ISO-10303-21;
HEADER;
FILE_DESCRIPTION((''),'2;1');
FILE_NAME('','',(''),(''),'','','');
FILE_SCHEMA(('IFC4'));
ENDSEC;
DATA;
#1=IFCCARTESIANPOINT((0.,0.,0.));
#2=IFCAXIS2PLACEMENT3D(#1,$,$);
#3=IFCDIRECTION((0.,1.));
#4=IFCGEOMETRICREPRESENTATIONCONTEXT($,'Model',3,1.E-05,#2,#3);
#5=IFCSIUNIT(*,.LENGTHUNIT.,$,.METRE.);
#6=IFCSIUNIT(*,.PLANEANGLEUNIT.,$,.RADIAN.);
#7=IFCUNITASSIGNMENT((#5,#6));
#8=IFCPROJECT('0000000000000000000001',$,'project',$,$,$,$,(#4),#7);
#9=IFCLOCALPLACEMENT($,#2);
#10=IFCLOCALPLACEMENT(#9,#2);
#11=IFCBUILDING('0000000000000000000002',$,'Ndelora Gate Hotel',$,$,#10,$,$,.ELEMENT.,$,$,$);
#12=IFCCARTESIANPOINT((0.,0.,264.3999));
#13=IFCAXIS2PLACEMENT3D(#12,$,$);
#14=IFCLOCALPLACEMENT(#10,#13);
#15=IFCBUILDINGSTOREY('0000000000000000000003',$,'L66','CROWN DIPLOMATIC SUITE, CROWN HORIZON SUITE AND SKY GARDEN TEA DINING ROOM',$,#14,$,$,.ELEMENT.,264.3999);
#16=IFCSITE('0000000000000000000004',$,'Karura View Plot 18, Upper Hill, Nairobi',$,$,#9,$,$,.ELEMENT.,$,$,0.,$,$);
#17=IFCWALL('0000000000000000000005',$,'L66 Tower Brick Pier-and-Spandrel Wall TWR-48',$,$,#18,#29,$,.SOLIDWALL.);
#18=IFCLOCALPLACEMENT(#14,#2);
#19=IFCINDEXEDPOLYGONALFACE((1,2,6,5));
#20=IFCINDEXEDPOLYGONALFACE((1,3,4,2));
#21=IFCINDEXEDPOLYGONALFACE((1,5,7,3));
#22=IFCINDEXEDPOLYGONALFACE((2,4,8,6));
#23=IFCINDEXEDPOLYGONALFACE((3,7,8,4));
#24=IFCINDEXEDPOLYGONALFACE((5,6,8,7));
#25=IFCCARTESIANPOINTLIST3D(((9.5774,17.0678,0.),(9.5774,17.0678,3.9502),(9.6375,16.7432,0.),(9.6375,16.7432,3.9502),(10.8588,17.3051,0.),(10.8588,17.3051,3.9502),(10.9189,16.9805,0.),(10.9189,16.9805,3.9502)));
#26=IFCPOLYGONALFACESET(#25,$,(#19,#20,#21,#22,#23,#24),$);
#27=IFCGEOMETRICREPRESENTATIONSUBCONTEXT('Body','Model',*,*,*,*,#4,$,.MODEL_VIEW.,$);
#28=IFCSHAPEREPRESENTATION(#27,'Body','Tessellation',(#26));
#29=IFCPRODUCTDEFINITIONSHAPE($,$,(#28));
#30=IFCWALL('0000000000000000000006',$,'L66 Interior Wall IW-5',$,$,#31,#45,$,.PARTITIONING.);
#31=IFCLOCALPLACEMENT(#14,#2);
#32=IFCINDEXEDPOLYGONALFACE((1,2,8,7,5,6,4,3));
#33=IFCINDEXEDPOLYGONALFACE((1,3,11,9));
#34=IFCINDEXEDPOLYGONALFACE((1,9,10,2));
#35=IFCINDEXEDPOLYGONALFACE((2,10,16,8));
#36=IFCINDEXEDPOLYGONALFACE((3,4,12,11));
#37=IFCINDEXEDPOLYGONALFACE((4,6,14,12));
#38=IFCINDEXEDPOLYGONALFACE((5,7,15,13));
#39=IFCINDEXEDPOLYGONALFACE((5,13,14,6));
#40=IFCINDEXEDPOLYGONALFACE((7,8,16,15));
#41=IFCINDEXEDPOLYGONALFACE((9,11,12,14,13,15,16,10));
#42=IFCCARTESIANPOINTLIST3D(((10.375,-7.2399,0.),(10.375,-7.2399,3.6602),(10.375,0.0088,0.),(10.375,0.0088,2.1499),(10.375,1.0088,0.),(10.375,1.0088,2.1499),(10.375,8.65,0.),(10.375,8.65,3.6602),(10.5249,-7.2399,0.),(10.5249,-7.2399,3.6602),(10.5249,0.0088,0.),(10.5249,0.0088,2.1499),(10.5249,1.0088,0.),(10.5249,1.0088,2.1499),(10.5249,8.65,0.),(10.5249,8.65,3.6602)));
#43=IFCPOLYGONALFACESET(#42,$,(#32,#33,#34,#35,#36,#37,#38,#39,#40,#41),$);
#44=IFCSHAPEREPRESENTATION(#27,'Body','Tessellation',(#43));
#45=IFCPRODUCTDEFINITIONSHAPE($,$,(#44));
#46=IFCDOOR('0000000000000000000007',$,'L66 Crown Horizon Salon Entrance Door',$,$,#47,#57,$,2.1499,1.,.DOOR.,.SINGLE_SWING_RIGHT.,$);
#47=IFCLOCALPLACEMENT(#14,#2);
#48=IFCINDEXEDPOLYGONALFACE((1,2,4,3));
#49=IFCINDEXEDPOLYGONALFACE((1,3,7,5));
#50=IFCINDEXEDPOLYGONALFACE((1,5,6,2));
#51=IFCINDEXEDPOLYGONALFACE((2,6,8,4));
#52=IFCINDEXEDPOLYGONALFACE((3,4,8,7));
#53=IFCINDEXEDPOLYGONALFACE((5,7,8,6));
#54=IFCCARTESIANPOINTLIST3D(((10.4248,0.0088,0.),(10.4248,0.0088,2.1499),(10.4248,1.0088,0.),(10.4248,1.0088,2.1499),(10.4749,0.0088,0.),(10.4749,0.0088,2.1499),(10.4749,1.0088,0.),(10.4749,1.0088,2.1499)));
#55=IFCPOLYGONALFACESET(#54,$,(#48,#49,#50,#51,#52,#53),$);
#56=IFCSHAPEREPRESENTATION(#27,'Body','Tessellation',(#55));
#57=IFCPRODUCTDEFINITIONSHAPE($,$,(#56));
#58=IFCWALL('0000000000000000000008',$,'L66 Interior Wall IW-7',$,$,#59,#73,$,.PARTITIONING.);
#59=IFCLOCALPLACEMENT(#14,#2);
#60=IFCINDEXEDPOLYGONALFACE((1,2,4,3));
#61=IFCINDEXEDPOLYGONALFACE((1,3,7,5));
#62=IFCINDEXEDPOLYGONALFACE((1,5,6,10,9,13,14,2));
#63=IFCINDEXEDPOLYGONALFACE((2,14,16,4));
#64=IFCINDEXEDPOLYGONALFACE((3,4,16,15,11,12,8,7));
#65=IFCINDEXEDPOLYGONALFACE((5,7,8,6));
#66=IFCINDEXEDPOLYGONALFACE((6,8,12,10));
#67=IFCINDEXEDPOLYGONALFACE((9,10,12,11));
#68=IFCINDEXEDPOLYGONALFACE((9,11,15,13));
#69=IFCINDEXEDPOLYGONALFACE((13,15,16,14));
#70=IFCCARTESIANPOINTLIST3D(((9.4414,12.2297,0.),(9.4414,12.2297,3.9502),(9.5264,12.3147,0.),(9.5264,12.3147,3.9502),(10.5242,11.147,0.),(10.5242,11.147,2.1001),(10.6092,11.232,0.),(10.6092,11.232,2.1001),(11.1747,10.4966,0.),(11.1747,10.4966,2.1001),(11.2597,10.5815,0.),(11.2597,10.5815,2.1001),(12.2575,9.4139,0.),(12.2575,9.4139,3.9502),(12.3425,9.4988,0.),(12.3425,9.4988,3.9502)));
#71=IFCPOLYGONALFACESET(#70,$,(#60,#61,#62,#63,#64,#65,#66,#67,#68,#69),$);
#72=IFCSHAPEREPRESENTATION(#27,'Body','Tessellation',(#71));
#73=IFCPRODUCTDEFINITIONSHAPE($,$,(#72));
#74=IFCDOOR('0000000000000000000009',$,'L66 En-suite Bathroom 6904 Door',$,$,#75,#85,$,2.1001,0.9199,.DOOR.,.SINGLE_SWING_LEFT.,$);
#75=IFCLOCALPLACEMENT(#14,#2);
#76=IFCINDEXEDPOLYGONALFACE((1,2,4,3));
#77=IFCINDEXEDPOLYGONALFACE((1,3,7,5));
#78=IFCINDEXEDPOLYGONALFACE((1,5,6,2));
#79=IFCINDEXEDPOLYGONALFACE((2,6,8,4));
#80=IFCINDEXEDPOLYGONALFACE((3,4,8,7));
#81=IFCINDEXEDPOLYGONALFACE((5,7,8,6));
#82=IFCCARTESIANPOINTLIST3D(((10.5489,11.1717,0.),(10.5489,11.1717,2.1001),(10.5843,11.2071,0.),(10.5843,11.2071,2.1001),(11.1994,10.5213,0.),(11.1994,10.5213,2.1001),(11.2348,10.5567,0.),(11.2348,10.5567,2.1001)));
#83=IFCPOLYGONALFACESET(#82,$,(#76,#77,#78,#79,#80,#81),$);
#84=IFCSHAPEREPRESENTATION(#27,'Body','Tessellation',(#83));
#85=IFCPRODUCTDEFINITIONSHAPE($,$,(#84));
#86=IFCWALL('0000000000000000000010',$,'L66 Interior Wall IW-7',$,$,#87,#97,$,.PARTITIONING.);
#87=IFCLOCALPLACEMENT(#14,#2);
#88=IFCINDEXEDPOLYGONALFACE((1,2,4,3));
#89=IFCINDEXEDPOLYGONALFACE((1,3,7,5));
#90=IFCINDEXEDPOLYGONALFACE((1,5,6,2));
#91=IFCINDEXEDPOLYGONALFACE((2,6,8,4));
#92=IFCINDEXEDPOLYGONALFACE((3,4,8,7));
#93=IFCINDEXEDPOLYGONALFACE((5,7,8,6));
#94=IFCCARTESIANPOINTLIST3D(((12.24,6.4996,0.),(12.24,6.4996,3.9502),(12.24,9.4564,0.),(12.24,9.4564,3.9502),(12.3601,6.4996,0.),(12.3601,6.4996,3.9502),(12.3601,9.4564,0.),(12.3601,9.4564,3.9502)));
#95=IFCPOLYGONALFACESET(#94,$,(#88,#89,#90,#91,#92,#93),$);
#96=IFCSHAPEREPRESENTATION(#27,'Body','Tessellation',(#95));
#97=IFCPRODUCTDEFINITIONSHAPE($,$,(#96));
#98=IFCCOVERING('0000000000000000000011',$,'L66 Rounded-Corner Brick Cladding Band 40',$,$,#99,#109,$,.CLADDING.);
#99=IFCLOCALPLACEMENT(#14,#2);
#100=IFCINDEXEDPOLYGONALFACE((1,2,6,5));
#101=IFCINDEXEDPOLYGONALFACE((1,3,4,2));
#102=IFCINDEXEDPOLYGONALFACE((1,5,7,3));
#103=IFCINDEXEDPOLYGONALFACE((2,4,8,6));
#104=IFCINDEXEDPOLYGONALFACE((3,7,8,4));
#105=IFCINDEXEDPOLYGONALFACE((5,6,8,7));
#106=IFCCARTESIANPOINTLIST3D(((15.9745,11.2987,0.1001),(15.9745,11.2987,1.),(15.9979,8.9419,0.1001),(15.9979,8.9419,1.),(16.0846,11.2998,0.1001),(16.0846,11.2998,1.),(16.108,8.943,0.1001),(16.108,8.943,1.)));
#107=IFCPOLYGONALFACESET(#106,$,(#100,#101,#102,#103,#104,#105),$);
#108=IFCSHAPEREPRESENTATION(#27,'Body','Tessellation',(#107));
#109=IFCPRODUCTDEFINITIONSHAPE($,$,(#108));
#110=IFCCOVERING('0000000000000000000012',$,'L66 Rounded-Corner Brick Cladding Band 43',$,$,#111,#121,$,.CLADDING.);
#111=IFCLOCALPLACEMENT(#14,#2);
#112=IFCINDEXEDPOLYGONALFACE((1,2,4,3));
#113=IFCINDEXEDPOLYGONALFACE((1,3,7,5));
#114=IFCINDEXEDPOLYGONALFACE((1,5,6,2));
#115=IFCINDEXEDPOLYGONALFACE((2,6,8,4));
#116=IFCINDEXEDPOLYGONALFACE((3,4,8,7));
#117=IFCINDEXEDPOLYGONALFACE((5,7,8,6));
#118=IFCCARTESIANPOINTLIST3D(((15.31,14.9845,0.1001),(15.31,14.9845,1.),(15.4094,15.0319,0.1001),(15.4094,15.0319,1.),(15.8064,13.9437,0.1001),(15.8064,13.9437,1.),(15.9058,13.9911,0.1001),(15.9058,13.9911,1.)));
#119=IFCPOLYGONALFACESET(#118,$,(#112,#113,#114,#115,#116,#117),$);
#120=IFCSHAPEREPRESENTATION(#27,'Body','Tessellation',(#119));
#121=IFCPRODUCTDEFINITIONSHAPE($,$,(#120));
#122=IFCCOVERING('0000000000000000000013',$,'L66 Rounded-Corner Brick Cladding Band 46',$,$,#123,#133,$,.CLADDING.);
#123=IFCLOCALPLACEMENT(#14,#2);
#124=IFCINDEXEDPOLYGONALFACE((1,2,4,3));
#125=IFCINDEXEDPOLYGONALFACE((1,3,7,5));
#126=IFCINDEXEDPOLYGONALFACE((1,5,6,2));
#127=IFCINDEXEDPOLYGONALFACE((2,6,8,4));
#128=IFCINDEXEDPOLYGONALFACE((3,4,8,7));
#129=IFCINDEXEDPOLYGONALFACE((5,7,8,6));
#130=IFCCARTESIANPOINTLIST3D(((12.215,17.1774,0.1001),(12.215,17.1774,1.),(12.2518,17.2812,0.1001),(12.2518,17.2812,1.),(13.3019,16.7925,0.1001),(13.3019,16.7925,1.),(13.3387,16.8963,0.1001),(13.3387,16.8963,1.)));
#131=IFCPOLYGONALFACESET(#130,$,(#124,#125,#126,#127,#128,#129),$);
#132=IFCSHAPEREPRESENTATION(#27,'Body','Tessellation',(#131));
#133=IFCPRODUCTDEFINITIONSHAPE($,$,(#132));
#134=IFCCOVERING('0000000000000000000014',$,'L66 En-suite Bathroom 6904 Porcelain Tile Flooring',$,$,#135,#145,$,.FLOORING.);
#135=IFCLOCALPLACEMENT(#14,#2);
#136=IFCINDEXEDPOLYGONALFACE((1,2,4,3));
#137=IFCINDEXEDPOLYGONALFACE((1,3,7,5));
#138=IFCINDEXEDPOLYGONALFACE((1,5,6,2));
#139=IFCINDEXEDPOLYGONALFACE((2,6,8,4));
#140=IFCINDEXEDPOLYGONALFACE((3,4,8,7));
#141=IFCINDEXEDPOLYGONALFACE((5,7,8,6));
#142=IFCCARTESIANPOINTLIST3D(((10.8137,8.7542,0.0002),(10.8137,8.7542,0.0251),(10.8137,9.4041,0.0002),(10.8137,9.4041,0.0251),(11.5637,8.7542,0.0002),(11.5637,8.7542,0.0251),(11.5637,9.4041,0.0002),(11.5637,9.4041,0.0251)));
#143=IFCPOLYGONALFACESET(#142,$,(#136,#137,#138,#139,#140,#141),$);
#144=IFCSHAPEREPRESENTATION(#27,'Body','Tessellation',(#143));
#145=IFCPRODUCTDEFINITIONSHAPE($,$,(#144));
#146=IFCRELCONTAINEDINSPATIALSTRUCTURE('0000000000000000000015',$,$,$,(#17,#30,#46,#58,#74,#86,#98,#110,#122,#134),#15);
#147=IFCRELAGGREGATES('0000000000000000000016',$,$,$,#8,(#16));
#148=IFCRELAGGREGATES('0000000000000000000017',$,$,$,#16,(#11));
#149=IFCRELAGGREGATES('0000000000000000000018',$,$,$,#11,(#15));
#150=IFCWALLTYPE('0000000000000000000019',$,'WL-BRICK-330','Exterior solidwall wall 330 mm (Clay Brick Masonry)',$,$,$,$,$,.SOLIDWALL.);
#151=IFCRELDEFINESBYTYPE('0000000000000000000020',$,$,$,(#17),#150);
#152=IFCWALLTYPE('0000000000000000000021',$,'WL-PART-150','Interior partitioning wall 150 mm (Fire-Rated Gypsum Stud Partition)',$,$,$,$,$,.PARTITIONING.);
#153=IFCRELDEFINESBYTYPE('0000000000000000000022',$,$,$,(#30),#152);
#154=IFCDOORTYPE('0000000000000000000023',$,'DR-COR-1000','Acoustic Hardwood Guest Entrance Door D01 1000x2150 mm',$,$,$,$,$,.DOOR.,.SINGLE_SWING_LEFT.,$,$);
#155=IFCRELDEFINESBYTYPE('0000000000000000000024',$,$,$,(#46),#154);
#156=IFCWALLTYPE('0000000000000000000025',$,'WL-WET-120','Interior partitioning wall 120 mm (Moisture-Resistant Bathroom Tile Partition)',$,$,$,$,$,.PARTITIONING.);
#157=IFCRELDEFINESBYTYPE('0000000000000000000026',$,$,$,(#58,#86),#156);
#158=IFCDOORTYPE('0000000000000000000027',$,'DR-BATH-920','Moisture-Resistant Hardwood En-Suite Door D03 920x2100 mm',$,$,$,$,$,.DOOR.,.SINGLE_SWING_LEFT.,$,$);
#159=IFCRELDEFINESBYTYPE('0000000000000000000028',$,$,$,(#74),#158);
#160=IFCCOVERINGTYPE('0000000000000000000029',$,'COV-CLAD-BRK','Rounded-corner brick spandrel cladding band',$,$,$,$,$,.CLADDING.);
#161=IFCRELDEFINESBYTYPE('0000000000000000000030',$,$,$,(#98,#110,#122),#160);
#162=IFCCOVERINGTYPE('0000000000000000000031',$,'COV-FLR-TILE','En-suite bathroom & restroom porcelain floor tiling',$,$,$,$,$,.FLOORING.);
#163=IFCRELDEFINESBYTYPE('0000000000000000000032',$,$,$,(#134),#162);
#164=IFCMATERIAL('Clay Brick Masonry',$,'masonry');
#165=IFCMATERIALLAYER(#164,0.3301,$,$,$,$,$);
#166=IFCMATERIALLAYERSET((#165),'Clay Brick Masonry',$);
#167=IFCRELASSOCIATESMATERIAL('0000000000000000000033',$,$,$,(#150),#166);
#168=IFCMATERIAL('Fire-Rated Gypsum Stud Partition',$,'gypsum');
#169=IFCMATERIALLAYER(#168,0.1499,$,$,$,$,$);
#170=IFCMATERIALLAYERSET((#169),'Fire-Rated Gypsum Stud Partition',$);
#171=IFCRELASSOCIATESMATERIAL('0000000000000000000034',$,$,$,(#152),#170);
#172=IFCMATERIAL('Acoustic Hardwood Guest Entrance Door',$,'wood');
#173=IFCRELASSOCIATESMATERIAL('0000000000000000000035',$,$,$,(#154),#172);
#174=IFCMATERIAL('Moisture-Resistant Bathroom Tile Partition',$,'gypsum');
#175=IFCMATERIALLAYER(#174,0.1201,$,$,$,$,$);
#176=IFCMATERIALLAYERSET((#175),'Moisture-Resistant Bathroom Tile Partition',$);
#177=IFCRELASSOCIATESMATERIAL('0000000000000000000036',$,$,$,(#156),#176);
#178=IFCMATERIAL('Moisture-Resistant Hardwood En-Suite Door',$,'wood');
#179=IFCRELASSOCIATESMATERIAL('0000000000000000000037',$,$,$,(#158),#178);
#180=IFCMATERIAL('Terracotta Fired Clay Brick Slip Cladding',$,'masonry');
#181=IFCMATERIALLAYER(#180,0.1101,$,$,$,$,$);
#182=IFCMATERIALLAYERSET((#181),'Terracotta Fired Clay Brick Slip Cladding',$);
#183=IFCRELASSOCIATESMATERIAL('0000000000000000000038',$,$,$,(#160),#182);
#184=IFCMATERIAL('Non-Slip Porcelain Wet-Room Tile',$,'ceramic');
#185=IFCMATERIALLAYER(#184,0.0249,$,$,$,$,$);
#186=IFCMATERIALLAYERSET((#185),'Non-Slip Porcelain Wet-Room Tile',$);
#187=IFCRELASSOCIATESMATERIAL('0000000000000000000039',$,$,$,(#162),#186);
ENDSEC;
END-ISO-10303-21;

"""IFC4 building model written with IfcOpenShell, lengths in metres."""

from ifc_helpers import new_model, si_unit, direction, frame, frame_2d, origin, origin_2d, place, context, subcontext, project, spatial, rectangle, extrude, material, layer, layer_set, type_object, element, fill, save


model = new_model("IFC4")

# Units and contexts
model_context = context("Model", 3, precision=1e-05, world=origin(), true_north=direction((0.0, 1.0)))
body_context = subcontext(model_context, "Body", "Model", "MODEL_VIEW")
ifc_project = project(units=[si_unit("LENGTHUNIT", "METRE"), si_unit("PLANEANGLEUNIT", "RADIAN")], contexts=[model_context])

# Site, building, storey
site_placement = place(None, origin())
site = spatial("IfcSite", under=ifc_project, at=site_placement, Name="Karura View Plot 18, Upper Hill, Nairobi", CompositionType="ELEMENT", RefElevation=0.0)
building_placement = place(site_placement, origin())
building = spatial("IfcBuilding", under=site, at=building_placement, Name="Ndelora Gate Hotel", CompositionType="ELEMENT")
storey_placement = place(building_placement, frame((0.0, 0.0, 264.3999)))
storey = spatial("IfcBuildingStorey", under=building, at=storey_placement, Name="L66", Description="CROWN DIPLOMATIC SUITE, CROWN HORIZON SUITE AND SKY GARDEN TEA DINING ROOM", CompositionType="ELEMENT", Elevation=264.3999)

# Shared definitions
ifc_material_1 = material(Name="Clay Brick Masonry", Category="masonry")
ifc_layer_1 = layer(ifc_material_1, 0.3301)
ifc_layer_set_1 = layer_set([ifc_layer_1], Name="Clay Brick Masonry")
wall_type_1 = type_object("IfcWallType", Name="WL-BRICK-330", Description="Exterior solidwall wall 330 mm (Clay Brick Masonry)", PredefinedType="SOLIDWALL", material=ifc_layer_set_1)

# Wall
wall_1_placement = place(storey_placement, frame((9.6074, 16.9055, 0.0), z_axis=(0.0, 0.0, 1.0), x_axis=(0.983283, 0.182083, 0.0)))
element("IfcWall", 1, at=wall_1_placement, inside=storey, type_object=wall_type_1, Name="L66 Tower Brick Pier-and-Spandrel Wall TWR-48", PredefinedType="SOLIDWALL", context=body_context, shape_type="SweptSolid", body=[
    extrude(rectangle(XDim=1.3032, YDim=0.3301, at=frame_2d((0.6516, 0.0))), origin(), (0.0, 0.0, 1.0), 3.9502),
])

# Walls, openings, doors
ifc_material_2 = material(Name="Fire-Rated Gypsum Stud Partition", Category="gypsum")
ifc_layer_2 = layer(ifc_material_2, 0.1499)
ifc_layer_set_2 = layer_set([ifc_layer_2], Name="Fire-Rated Gypsum Stud Partition")
wall_type_2 = type_object("IfcWallType", Name="WL-PART-150", Description="Interior partitioning wall 150 mm (Fire-Rated Gypsum Stud Partition)", PredefinedType="PARTITIONING", material=ifc_layer_set_2)
wall_2_placement = place(storey_placement, frame((10.45, 8.6499, 0.0), z_axis=(0.0, 0.0, 1.0), x_axis=(0.0, -1.0, 0.0)))
wall_2 = element("IfcWall", 2, at=wall_2_placement, inside=storey, type_object=wall_type_2, Name="L66 Interior Wall IW-5", PredefinedType="PARTITIONING", context=body_context, shape_type="SweptSolid", body=[
    extrude(rectangle(XDim=15.8899, YDim=0.1499, at=frame_2d((7.9448, 0.0))), origin(), (0.0, 0.0, 1.0), 3.6602),
])
opening_1_placement = place(wall_2_placement, frame((7.6411, 0.0, 0.0)))
opening_1 = element("IfcOpeningElement", 3, at=opening_1_placement, cuts=wall_2, PredefinedType="OPENING", context=body_context, shape_type="SweptSolid", body=[
    extrude(rectangle(XDim=1.0, YDim=2.1499, at=frame_2d((0.5, 1.075))), frame((0.0, 0.085, 0.0), z_axis=(0.0, -1.0, 0.0), x_axis=(1.0, 0.0, 0.0)), (0.0, 0.0, 1.0), 0.1699),
])
ifc_material_3 = material(Name="Acoustic Hardwood Guest Entrance Door", Category="wood")
door_type_1 = type_object("IfcDoorType", Name="DR-COR-1000", Description="Acoustic Hardwood Guest Entrance Door D01 1000x2150 mm", OperationType="SINGLE_SWING_LEFT", PredefinedType="DOOR", material=ifc_material_3)
door_1_placement = place(opening_1_placement, origin())
door_1 = element("IfcDoor", 4, at=door_1_placement, inside=storey, type_object=door_type_1, Name="L66 Crown Horizon Salon Entrance Door", OperationType="SINGLE_SWING_RIGHT", OverallHeight=2.1499, OverallWidth=1.0, PredefinedType="DOOR", context=body_context, shape_type="SweptSolid", body=[
    extrude(rectangle(XDim=1.0, YDim=2.1499, at=frame_2d((0.5, 1.075))), frame((0.0, 0.0249, 0.0), z_axis=(0.0, -1.0, 0.0), x_axis=(1.0, 0.0, 0.0)), (0.0, 0.0, 1.0), 0.05),
])
fill(opening_1, door_1)
ifc_material_4 = material(Name="Moisture-Resistant Bathroom Tile Partition", Category="gypsum")
ifc_layer_3 = layer(ifc_material_4, 0.1201)
ifc_layer_set_3 = layer_set([ifc_layer_3], Name="Moisture-Resistant Bathroom Tile Partition")
wall_type_3 = type_object("IfcWallType", Name="WL-WET-120", Description="Interior partitioning wall 120 mm (Moisture-Resistant Bathroom Tile Partition)", PredefinedType="PARTITIONING", material=ifc_layer_set_3)
wall_3_placement = place(storey_placement, frame((9.4839, 12.2722, 0.0), z_axis=(0.0, 0.0, 1.0), x_axis=(0.707137, -0.707076, 0.0)))
wall_3 = element("IfcWall", 5, at=wall_3_placement, inside=storey, type_object=wall_type_3, Name="L66 Interior Wall IW-7", PredefinedType="PARTITIONING", context=body_context, shape_type="SweptSolid", body=[
    extrude(rectangle(XDim=3.9824, YDim=0.1201, at=frame_2d((1.9912, 0.0))), origin(), (0.0, 0.0, 1.0), 3.9502),
])
opening_2_placement = place(wall_3_placement, frame((1.5312, 0.0, 0.0)))
opening_2 = element("IfcOpeningElement", 6, at=opening_2_placement, cuts=wall_3, PredefinedType="OPENING", context=body_context, shape_type="SweptSolid", body=[
    extrude(rectangle(XDim=0.9199, YDim=2.1001, at=frame_2d((0.46, 1.05))), frame((0.0, 0.0701, 0.0), z_axis=(0.0, -1.0, 0.0), x_axis=(1.0, 0.0, 0.0)), (0.0, 0.0, 1.0), 0.1401),
])
ifc_material_5 = material(Name="Moisture-Resistant Hardwood En-Suite Door", Category="wood")
door_type_2 = type_object("IfcDoorType", Name="DR-BATH-920", Description="Moisture-Resistant Hardwood En-Suite Door D03 920x2100 mm", OperationType="SINGLE_SWING_LEFT", PredefinedType="DOOR", material=ifc_material_5)
door_2_placement = place(opening_2_placement, origin())
door_2 = element("IfcDoor", 7, at=door_2_placement, inside=storey, type_object=door_type_2, Name="L66 En-suite Bathroom 6904 Door", OperationType="SINGLE_SWING_LEFT", OverallHeight=2.1001, OverallWidth=0.9199, PredefinedType="DOOR", context=body_context, shape_type="SweptSolid", body=[
    extrude(rectangle(XDim=0.9199, YDim=2.1001, at=frame_2d((0.46, 1.05))), frame((0.0, 0.0249, 0.0), z_axis=(0.0, -1.0, 0.0), x_axis=(1.0, 0.0, 0.0)), (0.0, 0.0, 1.0), 0.05),
])
fill(opening_2, door_2)

# Wall
wall_4_placement = place(storey_placement, frame((12.3, 6.4995, 0.0), z_axis=(0.0, 0.0, 1.0), x_axis=(0.0, 1.0, 0.0)))
element("IfcWall", 8, at=wall_4_placement, inside=storey, type_object=wall_type_3, Name="L66 Interior Wall IW-7", PredefinedType="PARTITIONING", context=body_context, shape_type="SweptSolid", body=[
    extrude(rectangle(XDim=2.9568, YDim=0.1201, at=frame_2d((1.4785, 0.0))), origin(), (0.0, 0.0, 1.0), 3.9502),
])

# Coverings
ifc_material_6 = material(Name="Terracotta Fired Clay Brick Slip Cladding", Category="masonry")
ifc_layer_4 = layer(ifc_material_6, 0.1101)
ifc_layer_set_4 = layer_set([ifc_layer_4], Name="Terracotta Fired Clay Brick Slip Cladding")
covering_type_1 = type_object("IfcCoveringType", Name="COV-CLAD-BRK", Description="Rounded-corner brick spandrel cladding band", PredefinedType="CLADDING", material=ifc_layer_set_4)
covering_1_placement = place(storey_placement, frame((16.0413, 10.1208, 0.1001), z_axis=(0.0, 0.0, 1.0), x_axis=(-0.009948, 0.999951, 0.0)))
element("IfcCovering", 9, at=covering_1_placement, inside=storey, type_object=covering_type_1, Name="L66 Rounded-Corner Brick Cladding Band 40", PredefinedType="CLADDING", context=body_context, shape_type="SweptSolid", body=[
    extrude(rectangle(XDim=2.3569, YDim=0.1101, at=origin_2d()), origin(), (0.0, 0.0, 1.0), 0.8999),
])
for number, where, z_axis, x_axis, name in (
    (10, (15.6079, 14.4878, 0.1001), (0.0, 0.0, 1.0), (-0.430511, 0.902585, 0.0), "L66 Rounded-Corner Brick Cladding Band 43"),
    (11, (12.7769, 17.0369, 0.1001), (0.0, 0.0, 1.0), (-0.942641, 0.333807, 0.0), "L66 Rounded-Corner Brick Cladding Band 46"),
):
    element("IfcCovering", number, at=place(storey_placement, frame(where, z_axis=z_axis, x_axis=x_axis)), inside=storey, type_object=covering_type_1, Name=name, PredefinedType="CLADDING", context=body_context, shape_type="SweptSolid", body=[
        extrude(rectangle(XDim=1.1531, YDim=0.1101, at=origin_2d()), origin(), (0.0, 0.0, 1.0), 0.8999),
    ])
ifc_material_7 = material(Name="Non-Slip Porcelain Wet-Room Tile", Category="ceramic")
ifc_layer_5 = layer(ifc_material_7, 0.0249)
ifc_layer_set_5 = layer_set([ifc_layer_5], Name="Non-Slip Porcelain Wet-Room Tile")
covering_type_2 = type_object("IfcCoveringType", Name="COV-FLR-TILE", Description="En-suite bathroom & restroom porcelain floor tiling", PredefinedType="FLOORING", material=ifc_layer_set_5)
covering_2_placement = place(storey_placement, frame((11.1887, 9.0791, 0.0002), z_axis=(0.0, 0.0, 1.0), x_axis=(1.0, 0.0, 0.0)))
element("IfcCovering", 12, at=covering_2_placement, inside=storey, type_object=covering_type_2, Name="L66 En-suite Bathroom 6904 Porcelain Tile Flooring", PredefinedType="FLOORING", context=body_context, shape_type="SweptSolid", body=[
    extrude(rectangle(XDim=0.75, YDim=0.6499, at=origin_2d()), origin(), (0.0, 0.0, 1.0), 0.0249),
])

save(model, "model.ifc")
